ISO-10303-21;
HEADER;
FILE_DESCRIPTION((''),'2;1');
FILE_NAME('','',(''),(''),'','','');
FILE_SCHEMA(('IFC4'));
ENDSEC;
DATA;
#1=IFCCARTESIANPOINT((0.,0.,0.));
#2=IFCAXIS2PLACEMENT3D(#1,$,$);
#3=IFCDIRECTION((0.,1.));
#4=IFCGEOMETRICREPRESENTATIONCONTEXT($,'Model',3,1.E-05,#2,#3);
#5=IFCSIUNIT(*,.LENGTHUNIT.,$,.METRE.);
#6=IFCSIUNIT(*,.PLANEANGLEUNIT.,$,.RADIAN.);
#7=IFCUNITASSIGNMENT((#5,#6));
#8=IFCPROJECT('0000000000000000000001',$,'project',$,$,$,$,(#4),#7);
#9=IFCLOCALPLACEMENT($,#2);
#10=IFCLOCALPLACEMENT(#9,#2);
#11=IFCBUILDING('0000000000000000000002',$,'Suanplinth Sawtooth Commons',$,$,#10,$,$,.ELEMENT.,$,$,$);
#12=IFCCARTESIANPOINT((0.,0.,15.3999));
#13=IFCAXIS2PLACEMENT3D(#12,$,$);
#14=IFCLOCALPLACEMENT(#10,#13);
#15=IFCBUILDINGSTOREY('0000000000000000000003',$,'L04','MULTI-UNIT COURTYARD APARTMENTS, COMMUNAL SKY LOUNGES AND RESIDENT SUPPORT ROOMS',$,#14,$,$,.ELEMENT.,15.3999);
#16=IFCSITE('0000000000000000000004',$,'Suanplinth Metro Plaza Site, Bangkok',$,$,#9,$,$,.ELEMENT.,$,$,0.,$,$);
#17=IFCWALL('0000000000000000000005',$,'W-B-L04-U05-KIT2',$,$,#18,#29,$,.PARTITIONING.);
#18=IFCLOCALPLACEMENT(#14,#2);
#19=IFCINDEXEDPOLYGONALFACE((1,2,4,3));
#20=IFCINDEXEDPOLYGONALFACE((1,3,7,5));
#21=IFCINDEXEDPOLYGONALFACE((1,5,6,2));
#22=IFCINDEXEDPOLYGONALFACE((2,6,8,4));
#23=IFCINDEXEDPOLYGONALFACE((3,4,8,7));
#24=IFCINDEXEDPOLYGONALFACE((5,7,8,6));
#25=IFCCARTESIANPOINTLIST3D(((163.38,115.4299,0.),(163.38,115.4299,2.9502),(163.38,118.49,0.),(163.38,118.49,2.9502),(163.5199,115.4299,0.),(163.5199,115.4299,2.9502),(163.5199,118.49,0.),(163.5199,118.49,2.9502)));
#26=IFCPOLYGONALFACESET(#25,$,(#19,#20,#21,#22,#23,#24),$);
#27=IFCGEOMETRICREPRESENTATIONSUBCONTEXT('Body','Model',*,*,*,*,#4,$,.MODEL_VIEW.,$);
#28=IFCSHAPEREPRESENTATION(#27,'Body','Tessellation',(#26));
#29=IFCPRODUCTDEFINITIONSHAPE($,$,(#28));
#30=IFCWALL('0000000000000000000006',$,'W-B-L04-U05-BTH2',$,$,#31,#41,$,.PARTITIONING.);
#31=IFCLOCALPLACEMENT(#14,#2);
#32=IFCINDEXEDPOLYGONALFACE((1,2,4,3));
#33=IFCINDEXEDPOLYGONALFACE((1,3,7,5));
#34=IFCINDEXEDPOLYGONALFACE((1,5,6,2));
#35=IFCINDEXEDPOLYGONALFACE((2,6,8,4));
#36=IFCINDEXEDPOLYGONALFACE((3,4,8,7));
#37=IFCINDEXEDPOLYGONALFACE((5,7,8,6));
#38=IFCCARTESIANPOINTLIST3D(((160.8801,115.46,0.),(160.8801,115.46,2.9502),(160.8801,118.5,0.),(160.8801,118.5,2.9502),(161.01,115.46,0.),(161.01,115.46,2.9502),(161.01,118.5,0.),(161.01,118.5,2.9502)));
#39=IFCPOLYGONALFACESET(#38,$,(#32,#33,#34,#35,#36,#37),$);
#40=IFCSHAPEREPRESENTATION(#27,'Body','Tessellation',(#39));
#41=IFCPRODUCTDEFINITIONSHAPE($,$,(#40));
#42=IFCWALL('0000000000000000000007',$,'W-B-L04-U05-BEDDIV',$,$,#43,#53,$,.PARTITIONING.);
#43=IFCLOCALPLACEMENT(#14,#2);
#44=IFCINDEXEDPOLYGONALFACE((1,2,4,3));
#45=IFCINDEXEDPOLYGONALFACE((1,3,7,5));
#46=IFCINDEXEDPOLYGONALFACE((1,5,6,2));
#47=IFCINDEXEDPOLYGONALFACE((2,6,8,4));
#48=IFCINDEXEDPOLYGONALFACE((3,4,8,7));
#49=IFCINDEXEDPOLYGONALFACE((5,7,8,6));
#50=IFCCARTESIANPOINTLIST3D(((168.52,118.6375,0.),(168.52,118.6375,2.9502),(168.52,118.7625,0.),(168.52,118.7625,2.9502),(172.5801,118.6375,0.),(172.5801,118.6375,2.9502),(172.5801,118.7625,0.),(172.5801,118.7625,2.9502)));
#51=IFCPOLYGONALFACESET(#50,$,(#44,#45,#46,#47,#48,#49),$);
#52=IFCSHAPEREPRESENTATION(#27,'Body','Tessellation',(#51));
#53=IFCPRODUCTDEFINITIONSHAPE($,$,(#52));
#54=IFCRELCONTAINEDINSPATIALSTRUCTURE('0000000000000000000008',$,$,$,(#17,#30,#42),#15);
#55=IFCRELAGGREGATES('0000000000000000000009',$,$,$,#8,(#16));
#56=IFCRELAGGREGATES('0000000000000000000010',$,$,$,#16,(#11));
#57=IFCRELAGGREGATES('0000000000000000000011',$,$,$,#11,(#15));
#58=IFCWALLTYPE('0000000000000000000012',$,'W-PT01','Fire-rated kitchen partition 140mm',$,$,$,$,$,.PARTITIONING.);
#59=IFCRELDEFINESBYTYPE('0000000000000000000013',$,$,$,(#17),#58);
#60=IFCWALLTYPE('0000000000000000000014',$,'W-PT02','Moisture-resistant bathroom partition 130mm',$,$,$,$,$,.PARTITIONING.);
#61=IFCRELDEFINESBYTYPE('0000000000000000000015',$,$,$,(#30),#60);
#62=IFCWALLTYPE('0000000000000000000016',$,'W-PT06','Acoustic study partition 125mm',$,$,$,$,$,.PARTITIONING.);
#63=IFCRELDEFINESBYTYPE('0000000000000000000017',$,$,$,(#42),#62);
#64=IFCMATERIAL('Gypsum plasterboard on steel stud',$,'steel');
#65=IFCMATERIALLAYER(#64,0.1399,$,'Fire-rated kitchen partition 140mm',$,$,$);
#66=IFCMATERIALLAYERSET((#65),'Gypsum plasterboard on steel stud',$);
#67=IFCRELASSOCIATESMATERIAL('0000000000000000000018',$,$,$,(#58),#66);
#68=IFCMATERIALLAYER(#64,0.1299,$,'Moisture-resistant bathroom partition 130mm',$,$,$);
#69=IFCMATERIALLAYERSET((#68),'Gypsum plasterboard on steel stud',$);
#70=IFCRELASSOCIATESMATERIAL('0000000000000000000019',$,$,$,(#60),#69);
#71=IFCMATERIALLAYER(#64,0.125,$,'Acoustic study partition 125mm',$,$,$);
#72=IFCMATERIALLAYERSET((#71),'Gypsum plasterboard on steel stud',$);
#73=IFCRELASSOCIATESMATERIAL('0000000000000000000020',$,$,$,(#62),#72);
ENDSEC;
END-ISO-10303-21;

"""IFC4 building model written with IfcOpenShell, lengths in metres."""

from ifc_helpers import new_model, si_unit, direction, frame, frame_2d, origin, place, context, subcontext, project, spatial, rectangle, extrude, material, layer, layer_set, type_object, element, save


model = new_model("IFC4")

# Units and contexts
model_context = context("Model", 3, precision=1e-05, world=origin(), true_north=direction((0.0, 1.0)))
body_context = subcontext(model_context, "Body", "Model", "MODEL_VIEW")
ifc_project = project(units=[si_unit("LENGTHUNIT", "METRE"), si_unit("PLANEANGLEUNIT", "RADIAN")], contexts=[model_context])

# Site, building, storey
site_placement = place(None, origin())
site = spatial("IfcSite", under=ifc_project, at=site_placement, Name="Suanplinth Metro Plaza Site, Bangkok", CompositionType="ELEMENT", RefElevation=0.0)
building_placement = place(site_placement, origin())
building = spatial("IfcBuilding", under=site, at=building_placement, Name="Suanplinth Sawtooth Commons", CompositionType="ELEMENT")
storey_placement = place(building_placement, frame((0.0, 0.0, 15.3999)))
storey = spatial("IfcBuildingStorey", under=building, at=storey_placement, Name="L04", Description="MULTI-UNIT COURTYARD APARTMENTS, COMMUNAL SKY LOUNGES AND RESIDENT SUPPORT ROOMS", CompositionType="ELEMENT", Elevation=15.3999)

# Shared definitions
ifc_material_1 = material(Name="Gypsum plasterboard on steel stud", Category="steel")
ifc_layer_1 = layer(ifc_material_1, 0.1399, Name="Fire-rated kitchen partition 140mm")
ifc_layer_set_1 = layer_set([ifc_layer_1], Name="Gypsum plasterboard on steel stud")
wall_type_1 = type_object("IfcWallType", Name="W-PT01", Description="Fire-rated kitchen partition 140mm", PredefinedType="PARTITIONING", material=ifc_layer_set_1)

# Walls
wall_1_placement = place(storey_placement, frame((163.45, 115.4299, 0.0), z_axis=(0.0, 0.0, 1.0), x_axis=(0.0, 1.0, 0.0)))
element("IfcWall", 1, at=wall_1_placement, inside=storey, type_object=wall_type_1, Name="W-B-L04-U05-KIT2", PredefinedType="PARTITIONING", context=body_context, shape_type="SweptSolid", body=[
    extrude(rectangle(XDim=3.0601, YDim=0.1399, at=frame_2d((1.53, 0.0))), origin(), (0.0, 0.0, 1.0), 2.9502),
])
ifc_layer_2 = layer(ifc_material_1, 0.1299, Name="Moisture-resistant bathroom partition 130mm")
ifc_layer_set_2 = layer_set([ifc_layer_2], Name="Gypsum plasterboard on steel stud")
wall_type_2 = type_object("IfcWallType", Name="W-PT02", Description="Moisture-resistant bathroom partition 130mm", PredefinedType="PARTITIONING", material=ifc_layer_set_2)
wall_2_placement = place(storey_placement, frame((160.9451, 115.46, 0.0), z_axis=(0.0, 0.0, 1.0), x_axis=(0.0, 1.0, 0.0)))
element("IfcWall", 2, at=wall_2_placement, inside=storey, type_object=wall_type_2, Name="W-B-L04-U05-BTH2", PredefinedType="PARTITIONING", context=body_context, shape_type="SweptSolid", body=[
    extrude(rectangle(XDim=3.04, YDim=0.1299, at=frame_2d((1.52, 0.0))), origin(), (0.0, 0.0, 1.0), 2.9502),
])

# Wall
ifc_layer_3 = layer(ifc_material_1, 0.125, Name="Acoustic study partition 125mm")
ifc_layer_set_3 = layer_set([ifc_layer_3], Name="Gypsum plasterboard on steel stud")
wall_type_3 = type_object("IfcWallType", Name="W-PT06", Description="Acoustic study partition 125mm", PredefinedType="PARTITIONING", material=ifc_layer_set_3)
wall_3_placement = place(storey_placement, frame((168.52, 118.7, 0.0), z_axis=(0.0, 0.0, 1.0), x_axis=(1.0, 0.0, 0.0)))
element("IfcWall", 3, at=wall_3_placement, inside=storey, type_object=wall_type_3, Name="W-B-L04-U05-BEDDIV", PredefinedType="PARTITIONING", context=body_context, shape_type="SweptSolid", body=[
    extrude(rectangle(XDim=4.0601, YDim=0.125, at=frame_2d((2.03, 0.0))), origin(), (0.0, 0.0, 1.0), 2.9502),
])

save(model, "model.ifc")
